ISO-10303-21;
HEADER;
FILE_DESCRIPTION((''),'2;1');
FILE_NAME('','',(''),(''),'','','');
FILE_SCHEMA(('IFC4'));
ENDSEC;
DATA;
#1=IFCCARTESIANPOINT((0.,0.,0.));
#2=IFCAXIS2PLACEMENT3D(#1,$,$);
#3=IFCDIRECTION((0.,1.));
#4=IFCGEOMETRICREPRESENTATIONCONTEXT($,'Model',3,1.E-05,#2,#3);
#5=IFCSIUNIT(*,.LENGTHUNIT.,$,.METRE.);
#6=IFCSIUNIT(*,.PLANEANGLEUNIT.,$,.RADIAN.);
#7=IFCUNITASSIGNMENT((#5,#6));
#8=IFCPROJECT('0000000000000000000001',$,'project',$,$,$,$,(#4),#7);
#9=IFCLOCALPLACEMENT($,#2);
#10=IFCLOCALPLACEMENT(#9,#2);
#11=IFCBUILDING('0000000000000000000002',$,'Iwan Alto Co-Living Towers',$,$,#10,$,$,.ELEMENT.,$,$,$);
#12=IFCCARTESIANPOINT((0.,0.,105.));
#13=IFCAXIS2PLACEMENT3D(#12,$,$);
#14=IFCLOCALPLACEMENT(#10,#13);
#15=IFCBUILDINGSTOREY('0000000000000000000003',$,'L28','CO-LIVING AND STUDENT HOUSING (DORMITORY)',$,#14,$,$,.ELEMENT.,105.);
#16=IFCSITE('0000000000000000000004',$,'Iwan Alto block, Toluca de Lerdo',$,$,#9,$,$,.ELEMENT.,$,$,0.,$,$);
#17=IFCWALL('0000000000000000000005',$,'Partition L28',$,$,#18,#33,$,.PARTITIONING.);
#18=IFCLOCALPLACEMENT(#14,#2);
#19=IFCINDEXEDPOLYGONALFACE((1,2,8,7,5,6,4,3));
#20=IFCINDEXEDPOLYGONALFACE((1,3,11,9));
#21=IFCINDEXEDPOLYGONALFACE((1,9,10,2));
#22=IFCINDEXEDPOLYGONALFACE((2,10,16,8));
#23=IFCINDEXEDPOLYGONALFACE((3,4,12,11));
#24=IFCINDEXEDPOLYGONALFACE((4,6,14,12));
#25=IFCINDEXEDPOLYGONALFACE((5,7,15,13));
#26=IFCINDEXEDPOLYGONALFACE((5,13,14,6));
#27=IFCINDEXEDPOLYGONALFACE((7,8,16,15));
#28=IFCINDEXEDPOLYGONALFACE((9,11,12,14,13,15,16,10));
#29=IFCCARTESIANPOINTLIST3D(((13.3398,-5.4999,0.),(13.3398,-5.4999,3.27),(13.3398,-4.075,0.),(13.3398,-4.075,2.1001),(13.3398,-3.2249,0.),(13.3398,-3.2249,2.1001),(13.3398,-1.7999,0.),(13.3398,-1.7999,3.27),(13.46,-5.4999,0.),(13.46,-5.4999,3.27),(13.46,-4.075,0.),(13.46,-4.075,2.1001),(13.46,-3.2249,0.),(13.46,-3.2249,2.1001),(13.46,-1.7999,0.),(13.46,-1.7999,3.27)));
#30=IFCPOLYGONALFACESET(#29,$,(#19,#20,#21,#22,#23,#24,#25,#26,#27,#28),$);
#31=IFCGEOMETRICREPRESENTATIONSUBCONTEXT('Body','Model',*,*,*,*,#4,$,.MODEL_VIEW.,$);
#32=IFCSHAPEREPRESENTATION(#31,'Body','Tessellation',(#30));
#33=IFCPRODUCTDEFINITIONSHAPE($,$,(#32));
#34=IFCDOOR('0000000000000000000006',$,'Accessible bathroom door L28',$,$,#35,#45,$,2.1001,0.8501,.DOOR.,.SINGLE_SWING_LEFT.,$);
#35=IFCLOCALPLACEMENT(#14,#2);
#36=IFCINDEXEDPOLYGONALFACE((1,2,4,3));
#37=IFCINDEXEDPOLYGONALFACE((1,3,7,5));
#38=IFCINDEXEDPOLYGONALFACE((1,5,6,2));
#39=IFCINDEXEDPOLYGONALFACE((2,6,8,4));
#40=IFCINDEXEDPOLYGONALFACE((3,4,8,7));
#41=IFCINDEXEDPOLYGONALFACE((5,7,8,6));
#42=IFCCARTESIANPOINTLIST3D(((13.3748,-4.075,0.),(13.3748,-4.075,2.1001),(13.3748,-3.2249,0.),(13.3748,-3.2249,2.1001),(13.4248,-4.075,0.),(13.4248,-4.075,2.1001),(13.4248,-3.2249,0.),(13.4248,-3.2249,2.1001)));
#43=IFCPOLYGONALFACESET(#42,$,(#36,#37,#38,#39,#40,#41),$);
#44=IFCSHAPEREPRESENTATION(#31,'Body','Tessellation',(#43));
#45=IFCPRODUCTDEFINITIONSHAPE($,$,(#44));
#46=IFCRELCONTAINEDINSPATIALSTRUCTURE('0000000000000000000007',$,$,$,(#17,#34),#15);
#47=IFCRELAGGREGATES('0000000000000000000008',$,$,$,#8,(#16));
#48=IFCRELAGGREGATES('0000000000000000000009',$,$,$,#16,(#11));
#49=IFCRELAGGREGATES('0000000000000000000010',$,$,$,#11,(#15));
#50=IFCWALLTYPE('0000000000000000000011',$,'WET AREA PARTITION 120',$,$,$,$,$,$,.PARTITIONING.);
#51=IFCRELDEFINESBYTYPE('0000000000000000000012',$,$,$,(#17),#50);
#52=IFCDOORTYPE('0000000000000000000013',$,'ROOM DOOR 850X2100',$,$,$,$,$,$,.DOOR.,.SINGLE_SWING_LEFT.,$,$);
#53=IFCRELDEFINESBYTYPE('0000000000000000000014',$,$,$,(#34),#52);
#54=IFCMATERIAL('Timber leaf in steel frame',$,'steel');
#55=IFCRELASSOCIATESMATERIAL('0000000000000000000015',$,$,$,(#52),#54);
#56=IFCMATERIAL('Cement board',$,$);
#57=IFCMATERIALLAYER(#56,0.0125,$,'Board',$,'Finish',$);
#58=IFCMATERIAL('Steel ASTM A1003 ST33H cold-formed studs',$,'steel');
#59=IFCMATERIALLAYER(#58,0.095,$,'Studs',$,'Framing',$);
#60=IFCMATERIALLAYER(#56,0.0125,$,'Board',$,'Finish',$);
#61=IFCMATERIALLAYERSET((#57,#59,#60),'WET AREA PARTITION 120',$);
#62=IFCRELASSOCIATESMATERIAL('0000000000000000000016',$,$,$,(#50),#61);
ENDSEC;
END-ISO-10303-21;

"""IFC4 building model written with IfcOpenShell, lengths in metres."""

from ifc_helpers import new_model, si_unit, direction, frame, frame_2d, origin, place, context, subcontext, project, spatial, rectangle, extrude, material, layer, layer_set, type_object, element, fill, save


model = new_model("IFC4")

# Units and contexts
model_context = context("Model", 3, precision=1e-05, world=origin(), true_north=direction((0.0, 1.0)))
body_context = subcontext(model_context, "Body", "Model", "MODEL_VIEW")
ifc_project = project(units=[si_unit("LENGTHUNIT", "METRE"), si_unit("PLANEANGLEUNIT", "RADIAN")], contexts=[model_context])

# Site, building, storey
site_placement = place(None, origin())
site = spatial("IfcSite", under=ifc_project, at=site_placement, Name="Iwan Alto block, Toluca de Lerdo", CompositionType="ELEMENT", RefElevation=0.0)
building_placement = place(site_placement, origin())
building = spatial("IfcBuilding", under=site, at=building_placement, Name="Iwan Alto Co-Living Towers", CompositionType="ELEMENT")
storey_placement = place(building_placement, frame((0.0, 0.0, 105.0)))
storey = spatial("IfcBuildingStorey", under=building, at=storey_placement, Name="L28", Description="CO-LIVING AND STUDENT HOUSING (DORMITORY)", CompositionType="ELEMENT", Elevation=105.0)

# Shared definitions
ifc_material_1 = material(Name="Steel ASTM A1003 ST33H cold-formed studs", Category="steel")

# Shared definitions
ifc_material_2 = material(Name="Timber leaf in steel frame", Category="steel")
door_type_1 = type_object("IfcDoorType", Name="ROOM DOOR 850X2100", OperationType="SINGLE_SWING_LEFT", PredefinedType="DOOR", material=ifc_material_2)

# Shared definitions
ifc_material_3 = material(Name="Cement board")
ifc_layer_1 = layer(ifc_material_3, 0.0125, Name="Board", Category="Finish")
ifc_layer_2 = layer(ifc_material_1, 0.095, Name="Studs", Category="Framing")
ifc_layer_3 = layer(ifc_material_3, 0.0125, Name="Board", Category="Finish")
ifc_layer_set_1 = layer_set([ifc_layer_1, ifc_layer_2, ifc_layer_3], Name="WET AREA PARTITION 120")
wall_type_1 = type_object("IfcWallType", Name="WET AREA PARTITION 120", PredefinedType="PARTITIONING", material=ifc_layer_set_1)

# Wall, opening, door
wall_1_placement = place(storey_placement, frame((13.3999, -5.5, 0.0), z_axis=(0.0, 0.0, 1.0), x_axis=(0.0, 1.0, 0.0)))
wall_1 = element("IfcWall", 1, at=wall_1_placement, inside=storey, type_object=wall_type_1, Name="Partition L28", PredefinedType="PARTITIONING", context=body_context, shape_type="SweptSolid", body=[
    extrude(rectangle(XDim=3.7, YDim=0.1201, at=frame_2d((1.8501, 0.0))), origin(), (0.0, 0.0, 1.0), 3.27),
])
opening_1_placement = place(wall_1_placement, frame((1.425, 0.0, 0.0)))
opening_1 = element("IfcOpeningElement", 2, at=opening_1_placement, cuts=wall_1, PredefinedType="OPENING", context=body_context, shape_type="SweptSolid", body=[
    extrude(rectangle(XDim=0.8501, YDim=2.1001, at=frame_2d((0.425, 1.05))), frame((0.0, 0.0701, 0.0), z_axis=(0.0, -1.0, 0.0), x_axis=(1.0, 0.0, 0.0)), (0.0, 0.0, 1.0), 0.1401),
])
door_1_placement = place(opening_1_placement, frame((0.8501, 0.0, 0.0), z_axis=(0.0, 0.0, 1.0), x_axis=(-1.0, 0.0, 0.0)))
door_1 = element("IfcDoor", 3, at=door_1_placement, inside=storey, type_object=door_type_1, Name="Accessible bathroom door L28", OperationType="SINGLE_SWING_LEFT", OverallHeight=2.1001, OverallWidth=0.8501, PredefinedType="DOOR", context=body_context, shape_type="SweptSolid", body=[
    extrude(rectangle(XDim=0.8501, YDim=2.1001, at=frame_2d((0.425, 1.05))), frame((0.0, 0.0249, 0.0), z_axis=(0.0, -1.0, 0.0), x_axis=(1.0, 0.0, 0.0)), (0.0, 0.0, 1.0), 0.05),
])
fill(opening_1, door_1)

save(model, "model.ifc")
